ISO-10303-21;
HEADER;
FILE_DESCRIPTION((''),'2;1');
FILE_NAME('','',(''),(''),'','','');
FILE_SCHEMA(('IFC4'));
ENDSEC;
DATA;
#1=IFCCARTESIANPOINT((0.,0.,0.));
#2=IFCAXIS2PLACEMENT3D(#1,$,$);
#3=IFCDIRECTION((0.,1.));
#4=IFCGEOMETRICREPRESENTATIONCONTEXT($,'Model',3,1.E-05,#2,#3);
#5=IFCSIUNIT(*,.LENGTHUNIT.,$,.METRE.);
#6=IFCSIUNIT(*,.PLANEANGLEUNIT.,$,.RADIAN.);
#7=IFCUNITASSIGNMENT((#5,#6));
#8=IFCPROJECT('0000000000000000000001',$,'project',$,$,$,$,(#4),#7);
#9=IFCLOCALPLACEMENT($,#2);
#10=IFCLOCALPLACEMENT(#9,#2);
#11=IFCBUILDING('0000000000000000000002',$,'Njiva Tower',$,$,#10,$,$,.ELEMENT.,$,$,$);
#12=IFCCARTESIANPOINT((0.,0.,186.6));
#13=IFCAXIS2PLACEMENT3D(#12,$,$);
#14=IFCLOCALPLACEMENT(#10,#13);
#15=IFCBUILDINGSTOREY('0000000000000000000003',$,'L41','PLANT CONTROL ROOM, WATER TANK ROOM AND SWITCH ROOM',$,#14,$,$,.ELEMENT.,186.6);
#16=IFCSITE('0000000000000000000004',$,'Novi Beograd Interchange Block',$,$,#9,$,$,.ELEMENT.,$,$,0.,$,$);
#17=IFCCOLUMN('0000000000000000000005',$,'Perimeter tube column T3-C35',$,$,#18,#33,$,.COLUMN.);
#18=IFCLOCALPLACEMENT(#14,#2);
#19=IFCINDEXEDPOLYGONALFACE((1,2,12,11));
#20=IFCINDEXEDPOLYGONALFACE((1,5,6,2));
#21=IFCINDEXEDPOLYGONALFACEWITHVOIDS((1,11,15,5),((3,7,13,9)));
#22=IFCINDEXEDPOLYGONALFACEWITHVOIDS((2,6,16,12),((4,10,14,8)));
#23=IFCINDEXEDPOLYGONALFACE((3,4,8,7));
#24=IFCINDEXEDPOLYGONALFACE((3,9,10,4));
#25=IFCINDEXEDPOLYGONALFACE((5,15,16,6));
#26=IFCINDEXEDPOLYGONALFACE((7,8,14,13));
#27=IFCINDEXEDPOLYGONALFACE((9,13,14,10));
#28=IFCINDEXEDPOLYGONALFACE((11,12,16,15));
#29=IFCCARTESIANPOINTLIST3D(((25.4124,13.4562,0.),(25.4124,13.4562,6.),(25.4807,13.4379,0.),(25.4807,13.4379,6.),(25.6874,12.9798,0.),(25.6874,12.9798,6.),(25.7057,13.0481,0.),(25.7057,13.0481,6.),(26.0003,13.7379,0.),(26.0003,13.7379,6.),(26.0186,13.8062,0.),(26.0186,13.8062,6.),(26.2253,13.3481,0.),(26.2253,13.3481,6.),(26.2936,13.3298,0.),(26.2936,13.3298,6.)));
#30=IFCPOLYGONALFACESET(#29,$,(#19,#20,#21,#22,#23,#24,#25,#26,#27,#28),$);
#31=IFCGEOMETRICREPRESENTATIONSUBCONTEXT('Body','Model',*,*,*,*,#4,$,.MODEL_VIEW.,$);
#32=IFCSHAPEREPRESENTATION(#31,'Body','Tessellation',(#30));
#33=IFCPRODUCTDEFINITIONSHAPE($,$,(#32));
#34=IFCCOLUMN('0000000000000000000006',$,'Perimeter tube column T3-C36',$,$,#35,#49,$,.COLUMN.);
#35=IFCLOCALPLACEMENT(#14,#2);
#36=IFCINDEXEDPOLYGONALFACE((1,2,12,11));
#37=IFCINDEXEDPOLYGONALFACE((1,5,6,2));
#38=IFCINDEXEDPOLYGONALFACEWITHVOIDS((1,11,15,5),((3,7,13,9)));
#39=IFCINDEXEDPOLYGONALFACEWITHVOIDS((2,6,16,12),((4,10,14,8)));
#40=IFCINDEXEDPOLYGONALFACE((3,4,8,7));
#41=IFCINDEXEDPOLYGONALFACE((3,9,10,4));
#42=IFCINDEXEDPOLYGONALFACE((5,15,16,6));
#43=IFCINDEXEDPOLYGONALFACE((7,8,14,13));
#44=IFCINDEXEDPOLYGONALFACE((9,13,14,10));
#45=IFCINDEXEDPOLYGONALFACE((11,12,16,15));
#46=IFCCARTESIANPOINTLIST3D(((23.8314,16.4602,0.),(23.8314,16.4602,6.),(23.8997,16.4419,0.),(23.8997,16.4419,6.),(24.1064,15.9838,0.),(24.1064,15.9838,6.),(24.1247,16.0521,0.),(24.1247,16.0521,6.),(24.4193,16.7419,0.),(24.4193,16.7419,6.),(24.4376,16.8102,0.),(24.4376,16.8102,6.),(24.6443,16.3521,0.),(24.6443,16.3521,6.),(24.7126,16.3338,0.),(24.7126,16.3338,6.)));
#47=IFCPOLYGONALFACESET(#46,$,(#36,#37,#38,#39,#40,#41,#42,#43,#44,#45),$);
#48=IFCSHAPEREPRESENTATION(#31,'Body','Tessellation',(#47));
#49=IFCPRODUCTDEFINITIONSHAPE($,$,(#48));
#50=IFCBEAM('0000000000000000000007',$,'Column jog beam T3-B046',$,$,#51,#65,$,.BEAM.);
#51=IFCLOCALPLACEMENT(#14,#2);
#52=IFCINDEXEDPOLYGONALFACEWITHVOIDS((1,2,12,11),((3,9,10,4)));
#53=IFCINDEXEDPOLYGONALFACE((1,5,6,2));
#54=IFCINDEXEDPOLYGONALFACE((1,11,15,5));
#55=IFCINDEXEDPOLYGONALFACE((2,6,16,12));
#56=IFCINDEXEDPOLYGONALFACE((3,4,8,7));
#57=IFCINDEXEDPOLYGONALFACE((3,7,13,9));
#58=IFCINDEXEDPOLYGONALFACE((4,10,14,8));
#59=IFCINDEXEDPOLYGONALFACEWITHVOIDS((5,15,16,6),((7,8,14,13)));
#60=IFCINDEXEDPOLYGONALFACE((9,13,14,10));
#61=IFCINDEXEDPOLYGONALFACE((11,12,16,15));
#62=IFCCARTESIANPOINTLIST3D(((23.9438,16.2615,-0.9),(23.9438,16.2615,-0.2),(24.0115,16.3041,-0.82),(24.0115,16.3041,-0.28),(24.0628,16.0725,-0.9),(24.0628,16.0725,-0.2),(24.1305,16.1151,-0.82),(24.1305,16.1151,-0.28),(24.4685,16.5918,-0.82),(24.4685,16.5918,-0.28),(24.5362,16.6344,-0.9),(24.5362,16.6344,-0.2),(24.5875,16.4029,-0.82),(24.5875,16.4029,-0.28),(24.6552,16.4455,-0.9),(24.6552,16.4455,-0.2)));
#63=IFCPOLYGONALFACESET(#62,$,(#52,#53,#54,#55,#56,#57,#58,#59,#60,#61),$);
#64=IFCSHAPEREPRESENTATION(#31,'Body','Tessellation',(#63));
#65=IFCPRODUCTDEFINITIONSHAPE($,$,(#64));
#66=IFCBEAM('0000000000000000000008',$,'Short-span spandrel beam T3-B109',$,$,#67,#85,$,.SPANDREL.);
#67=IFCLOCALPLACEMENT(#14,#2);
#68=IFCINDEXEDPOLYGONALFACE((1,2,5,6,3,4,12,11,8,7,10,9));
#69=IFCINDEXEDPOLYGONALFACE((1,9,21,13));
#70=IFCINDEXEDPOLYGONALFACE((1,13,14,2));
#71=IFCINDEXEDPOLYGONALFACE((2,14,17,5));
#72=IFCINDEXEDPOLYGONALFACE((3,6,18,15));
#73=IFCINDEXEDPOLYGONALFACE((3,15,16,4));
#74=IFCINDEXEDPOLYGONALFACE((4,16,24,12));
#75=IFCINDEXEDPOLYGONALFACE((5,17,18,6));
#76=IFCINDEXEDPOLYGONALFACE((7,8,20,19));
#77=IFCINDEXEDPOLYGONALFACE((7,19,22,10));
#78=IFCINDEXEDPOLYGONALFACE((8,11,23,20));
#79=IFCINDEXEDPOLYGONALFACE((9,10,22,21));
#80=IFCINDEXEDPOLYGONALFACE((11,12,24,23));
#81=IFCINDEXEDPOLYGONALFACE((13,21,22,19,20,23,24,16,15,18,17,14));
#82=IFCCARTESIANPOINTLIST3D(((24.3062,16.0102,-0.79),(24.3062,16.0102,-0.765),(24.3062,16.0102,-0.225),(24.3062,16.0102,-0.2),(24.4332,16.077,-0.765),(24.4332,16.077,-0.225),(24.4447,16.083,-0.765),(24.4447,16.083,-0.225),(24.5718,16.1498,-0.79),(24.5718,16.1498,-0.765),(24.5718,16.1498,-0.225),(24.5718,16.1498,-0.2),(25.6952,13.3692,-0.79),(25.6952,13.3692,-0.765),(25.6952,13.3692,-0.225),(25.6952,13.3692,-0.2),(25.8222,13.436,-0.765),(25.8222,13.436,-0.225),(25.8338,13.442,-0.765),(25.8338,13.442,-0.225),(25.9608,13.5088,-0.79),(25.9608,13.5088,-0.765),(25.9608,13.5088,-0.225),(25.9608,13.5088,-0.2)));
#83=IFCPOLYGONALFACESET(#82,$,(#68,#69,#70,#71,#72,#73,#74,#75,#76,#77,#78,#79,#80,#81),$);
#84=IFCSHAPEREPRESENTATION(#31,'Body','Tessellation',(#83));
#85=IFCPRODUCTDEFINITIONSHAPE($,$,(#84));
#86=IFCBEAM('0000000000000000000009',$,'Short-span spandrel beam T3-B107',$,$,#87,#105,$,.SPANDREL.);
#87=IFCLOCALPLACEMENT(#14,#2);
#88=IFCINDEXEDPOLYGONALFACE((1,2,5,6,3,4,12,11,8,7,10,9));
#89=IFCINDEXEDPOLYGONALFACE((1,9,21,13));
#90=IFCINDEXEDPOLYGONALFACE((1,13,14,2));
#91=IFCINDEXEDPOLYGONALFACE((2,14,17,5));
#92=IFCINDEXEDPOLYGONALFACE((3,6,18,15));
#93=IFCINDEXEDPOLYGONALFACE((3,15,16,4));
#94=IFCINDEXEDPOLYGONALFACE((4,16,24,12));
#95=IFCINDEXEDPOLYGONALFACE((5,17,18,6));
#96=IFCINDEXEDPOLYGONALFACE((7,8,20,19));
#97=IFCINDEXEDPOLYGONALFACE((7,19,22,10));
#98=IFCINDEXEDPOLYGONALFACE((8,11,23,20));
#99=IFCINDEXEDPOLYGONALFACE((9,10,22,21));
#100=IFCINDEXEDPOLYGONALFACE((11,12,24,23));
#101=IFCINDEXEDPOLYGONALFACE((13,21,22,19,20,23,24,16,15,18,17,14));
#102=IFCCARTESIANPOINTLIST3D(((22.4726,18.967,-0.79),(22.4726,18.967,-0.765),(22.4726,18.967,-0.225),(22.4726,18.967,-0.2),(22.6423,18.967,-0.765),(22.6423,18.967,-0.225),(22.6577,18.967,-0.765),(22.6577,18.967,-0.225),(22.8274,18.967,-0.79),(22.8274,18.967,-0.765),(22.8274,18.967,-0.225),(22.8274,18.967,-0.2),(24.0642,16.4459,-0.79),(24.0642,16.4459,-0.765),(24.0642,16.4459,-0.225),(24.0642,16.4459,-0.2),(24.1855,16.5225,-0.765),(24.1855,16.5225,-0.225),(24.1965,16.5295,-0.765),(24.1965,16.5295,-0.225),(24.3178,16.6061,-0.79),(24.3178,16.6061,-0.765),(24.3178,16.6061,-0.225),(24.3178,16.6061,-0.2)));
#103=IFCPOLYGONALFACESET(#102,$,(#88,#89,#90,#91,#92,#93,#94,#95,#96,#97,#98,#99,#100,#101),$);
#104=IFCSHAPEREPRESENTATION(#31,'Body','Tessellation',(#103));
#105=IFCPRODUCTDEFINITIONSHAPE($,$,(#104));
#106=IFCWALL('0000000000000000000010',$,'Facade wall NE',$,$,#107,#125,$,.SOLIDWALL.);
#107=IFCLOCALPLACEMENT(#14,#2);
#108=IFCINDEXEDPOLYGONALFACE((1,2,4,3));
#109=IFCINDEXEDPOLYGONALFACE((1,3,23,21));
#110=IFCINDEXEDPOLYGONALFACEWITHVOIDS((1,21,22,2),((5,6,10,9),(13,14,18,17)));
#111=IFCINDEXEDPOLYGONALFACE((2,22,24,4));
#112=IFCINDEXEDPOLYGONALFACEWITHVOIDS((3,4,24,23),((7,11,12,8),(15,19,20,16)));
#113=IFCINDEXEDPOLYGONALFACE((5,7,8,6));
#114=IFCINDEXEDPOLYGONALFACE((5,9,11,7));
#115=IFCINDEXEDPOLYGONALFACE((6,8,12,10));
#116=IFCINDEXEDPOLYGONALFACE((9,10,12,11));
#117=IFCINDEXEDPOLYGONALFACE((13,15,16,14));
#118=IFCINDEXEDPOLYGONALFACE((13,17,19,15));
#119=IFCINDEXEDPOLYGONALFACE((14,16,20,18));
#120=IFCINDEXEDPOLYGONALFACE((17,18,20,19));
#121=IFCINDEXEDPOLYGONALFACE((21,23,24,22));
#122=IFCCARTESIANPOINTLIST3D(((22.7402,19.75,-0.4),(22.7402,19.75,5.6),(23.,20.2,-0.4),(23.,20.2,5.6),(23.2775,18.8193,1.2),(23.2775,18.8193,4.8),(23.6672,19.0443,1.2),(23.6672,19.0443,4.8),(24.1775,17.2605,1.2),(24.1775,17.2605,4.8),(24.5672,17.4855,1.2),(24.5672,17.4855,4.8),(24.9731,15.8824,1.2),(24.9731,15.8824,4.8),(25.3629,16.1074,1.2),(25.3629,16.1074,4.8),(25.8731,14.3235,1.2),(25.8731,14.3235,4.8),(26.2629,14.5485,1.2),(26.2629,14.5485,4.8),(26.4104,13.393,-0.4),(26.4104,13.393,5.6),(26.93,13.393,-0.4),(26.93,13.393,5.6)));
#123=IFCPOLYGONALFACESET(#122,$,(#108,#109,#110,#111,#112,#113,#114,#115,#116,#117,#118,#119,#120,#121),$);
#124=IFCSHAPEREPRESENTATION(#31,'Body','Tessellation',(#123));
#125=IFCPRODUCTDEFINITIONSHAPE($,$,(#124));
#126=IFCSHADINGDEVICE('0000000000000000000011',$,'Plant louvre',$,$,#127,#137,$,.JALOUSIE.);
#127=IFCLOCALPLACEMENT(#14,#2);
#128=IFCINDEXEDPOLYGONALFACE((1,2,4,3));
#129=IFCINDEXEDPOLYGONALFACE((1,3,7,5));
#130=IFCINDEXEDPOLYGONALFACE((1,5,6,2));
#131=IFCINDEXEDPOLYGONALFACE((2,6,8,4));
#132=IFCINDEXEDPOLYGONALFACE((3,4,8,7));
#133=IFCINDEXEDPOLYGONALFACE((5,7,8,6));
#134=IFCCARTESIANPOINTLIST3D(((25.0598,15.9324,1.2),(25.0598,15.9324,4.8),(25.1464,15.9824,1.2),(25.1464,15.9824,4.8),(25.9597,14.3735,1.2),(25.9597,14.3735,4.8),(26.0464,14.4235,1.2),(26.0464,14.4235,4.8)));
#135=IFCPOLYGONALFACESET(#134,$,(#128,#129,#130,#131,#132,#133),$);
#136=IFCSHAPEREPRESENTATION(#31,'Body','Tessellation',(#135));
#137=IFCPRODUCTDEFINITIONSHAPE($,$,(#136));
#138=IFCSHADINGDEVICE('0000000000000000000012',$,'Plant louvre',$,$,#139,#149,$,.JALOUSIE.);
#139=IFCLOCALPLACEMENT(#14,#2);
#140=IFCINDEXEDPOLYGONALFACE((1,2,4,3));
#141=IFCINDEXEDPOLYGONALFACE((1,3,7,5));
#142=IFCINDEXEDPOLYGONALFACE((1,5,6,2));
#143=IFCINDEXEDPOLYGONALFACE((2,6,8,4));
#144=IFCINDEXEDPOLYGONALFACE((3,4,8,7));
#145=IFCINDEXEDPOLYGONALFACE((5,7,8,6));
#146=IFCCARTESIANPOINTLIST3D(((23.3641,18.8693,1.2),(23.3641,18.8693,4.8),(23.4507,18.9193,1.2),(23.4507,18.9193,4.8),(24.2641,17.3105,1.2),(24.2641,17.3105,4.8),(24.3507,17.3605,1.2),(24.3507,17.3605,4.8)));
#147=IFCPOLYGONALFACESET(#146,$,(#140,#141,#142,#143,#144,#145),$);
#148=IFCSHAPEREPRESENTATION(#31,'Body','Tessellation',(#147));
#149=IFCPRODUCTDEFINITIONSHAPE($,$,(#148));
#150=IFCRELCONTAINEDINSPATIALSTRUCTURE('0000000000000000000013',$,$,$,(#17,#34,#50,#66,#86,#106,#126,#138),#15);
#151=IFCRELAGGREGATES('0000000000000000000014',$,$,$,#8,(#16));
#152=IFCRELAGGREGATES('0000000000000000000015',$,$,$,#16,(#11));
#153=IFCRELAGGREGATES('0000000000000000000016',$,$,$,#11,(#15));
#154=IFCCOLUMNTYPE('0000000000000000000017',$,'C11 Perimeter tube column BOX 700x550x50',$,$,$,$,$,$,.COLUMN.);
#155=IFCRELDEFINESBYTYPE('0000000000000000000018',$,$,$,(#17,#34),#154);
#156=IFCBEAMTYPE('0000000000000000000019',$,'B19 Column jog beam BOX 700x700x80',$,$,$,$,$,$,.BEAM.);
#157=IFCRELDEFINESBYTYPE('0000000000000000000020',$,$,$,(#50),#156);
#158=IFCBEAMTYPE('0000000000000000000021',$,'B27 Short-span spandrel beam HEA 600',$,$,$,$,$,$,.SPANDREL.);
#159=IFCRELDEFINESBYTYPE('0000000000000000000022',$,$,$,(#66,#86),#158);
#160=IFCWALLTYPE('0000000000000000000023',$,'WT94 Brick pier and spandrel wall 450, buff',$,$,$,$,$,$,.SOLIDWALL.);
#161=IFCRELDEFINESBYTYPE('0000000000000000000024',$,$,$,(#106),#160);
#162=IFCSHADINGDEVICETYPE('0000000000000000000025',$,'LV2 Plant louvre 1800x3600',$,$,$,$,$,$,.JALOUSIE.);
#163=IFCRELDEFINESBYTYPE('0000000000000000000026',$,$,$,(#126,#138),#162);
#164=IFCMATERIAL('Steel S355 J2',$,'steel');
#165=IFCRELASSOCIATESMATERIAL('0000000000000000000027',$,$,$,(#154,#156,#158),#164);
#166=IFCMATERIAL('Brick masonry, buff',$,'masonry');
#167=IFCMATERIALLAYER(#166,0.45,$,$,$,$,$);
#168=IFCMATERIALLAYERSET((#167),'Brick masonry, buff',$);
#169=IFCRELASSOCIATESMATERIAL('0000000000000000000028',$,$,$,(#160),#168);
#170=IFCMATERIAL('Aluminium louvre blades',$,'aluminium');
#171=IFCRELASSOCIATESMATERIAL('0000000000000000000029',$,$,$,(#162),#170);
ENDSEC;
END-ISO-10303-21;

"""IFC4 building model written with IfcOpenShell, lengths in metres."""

from ifc_helpers import new_model, si_unit, direction, frame, frame_2d, origin, origin_2d, place, context, subcontext, project, spatial, polyline, rectangle, hollow_rectangle, i_section, outline, extrude, clip, halfspace, material, layer, layer_set, material_profile, profile_set, type_object, element, fill, save


model = new_model("IFC4")

# Units and contexts
model_context = context("Model", 3, precision=1e-05, world=origin(), true_north=direction((0.0, 1.0)))
body_context = subcontext(model_context, "Body", "Model", "MODEL_VIEW")
ifc_project = project(units=[si_unit("LENGTHUNIT", "METRE"), si_unit("PLANEANGLEUNIT", "RADIAN")], contexts=[model_context])

# Site, building, storey
site_placement = place(None, origin())
site = spatial("IfcSite", under=ifc_project, at=site_placement, Name="Novi Beograd Interchange Block", CompositionType="ELEMENT", RefElevation=0.0)
building_placement = place(site_placement, origin())
building = spatial("IfcBuilding", under=site, at=building_placement, Name="Njiva Tower", CompositionType="ELEMENT")
storey_placement = place(building_placement, frame((0.0, 0.0, 186.6)))
storey = spatial("IfcBuildingStorey", under=building, at=storey_placement, Name="L41", Description="PLANT CONTROL ROOM, WATER TANK ROOM AND SWITCH ROOM", CompositionType="ELEMENT", Elevation=186.6)

# Columns
ifc_material_1 = material(Name="Steel S355 J2", Category="steel")
ifc_material_profile_1 = material_profile(ifc_material_1, hollow_rectangle(XDim=0.55, YDim=0.7, WallThickness=0.05, at=origin_2d()), Name="BOX 700x550x50")
ifc_profile_set_1 = profile_set([ifc_material_profile_1], Name="Steel S355 J2")
column_type = type_object("IfcColumnType", Name="C11 Perimeter tube column BOX 700x550x50", PredefinedType="COLUMN", material=ifc_profile_set_1)
for number, where, z_axis, x_axis, name in (
    (1, (25.853, 13.393, 0.0), (0.0, 0.0, 1.0), (-0.5, 0.866025, 0.0), "Perimeter tube column T3-C35"),
    (2, (24.272, 16.397, 0.0), (0.0, 0.0, 1.0), (-0.5, 0.866025, 0.0), "Perimeter tube column T3-C36"),
):
    element("IfcColumn", number, at=place(storey_placement, frame(where, z_axis=z_axis, x_axis=x_axis)), inside=storey, type_object=column_type, Name=name, PredefinedType="COLUMN", context=body_context, shape_type="SweptSolid", body=[
        extrude(hollow_rectangle(XDim=0.55, YDim=0.7, WallThickness=0.05, at=origin_2d()), origin(), (0.0, 0.0, 1.0), 6.0),
    ])

# Beams
ifc_material_profile_2 = material_profile(ifc_material_1, hollow_rectangle(XDim=0.7, YDim=0.7, WallThickness=0.08, at=origin_2d()), Name="BOX 700x700x80")
ifc_profile_set_2 = profile_set([ifc_material_profile_2], Name="Steel S355 J2")
beam_type_1 = type_object("IfcBeamType", Name="B19 Column jog beam BOX 700x700x80", PredefinedType="BEAM", material=ifc_profile_set_2)
beam_1_placement = place(storey_placement, frame((24.359, 16.259, -0.55), z_axis=(-0.532813, 0.846233, 0.0), x_axis=(-0.846233, -0.532813, 0.0)))
element("IfcBeam", 3, at=beam_1_placement, inside=storey, type_object=beam_type_1, Name="Column jog beam T3-B046", PredefinedType="BEAM", context=body_context, shape_type="SweptSolid", body=[
    extrude(hollow_rectangle(XDim=0.7, YDim=0.7, WallThickness=0.08, at=origin_2d()), origin(), (0.0, 0.0, 1.0), 0.2233),
])
ifc_material_profile_3 = material_profile(ifc_material_1, i_section(OverallWidth=0.3, OverallDepth=0.59, WebThickness=0.013, FlangeThickness=0.025, at=origin_2d()), Name="HEA 600")
ifc_profile_set_3 = profile_set([ifc_material_profile_3], Name="Steel S355 J2")
beam_type_2 = type_object("IfcBeamType", Name="B27 Short-span spandrel beam HEA 600", PredefinedType="SPANDREL", material=ifc_profile_set_3)
beam_2_placement = place(storey_placement, frame((25.828, 13.439, -0.495), z_axis=(-0.465484, 0.885056, 0.0), x_axis=(-0.885056, -0.465484, 0.0)))
element("IfcBeam", 4, at=beam_2_placement, inside=storey, type_object=beam_type_2, Name="Short-span spandrel beam T3-B109", PredefinedType="SPANDREL", context=body_context, shape_type="SweptSolid", body=[
    extrude(i_section(OverallWidth=0.3, OverallDepth=0.59, WebThickness=0.013, FlangeThickness=0.025, at=origin_2d()), origin(), (0.0, 0.0, 1.0), 2.984),
])
beam_3_placement = place(storey_placement, frame((24.191, 16.526, -0.495), z_axis=(-0.533824, 0.845596, 0.0), x_axis=(-0.845596, -0.533824, 0.0)))
element("IfcBeam", 5, at=beam_3_placement, inside=storey, type_object=beam_type_2, Name="Short-span spandrel beam T3-B107", PredefinedType="SPANDREL", context=body_context, shape_type="Clipping", body=[
    clip(extrude(i_section(OverallWidth=0.3, OverallDepth=0.59, WebThickness=0.013, FlangeThickness=0.025, at=origin_2d()), origin(), (0.0, 0.0, 1.0), 3.0017), halfspace(frame((-0.0271, 0.0, 2.8696), z_axis=(-0.533824, 0.0, 0.845596), x_axis=(0.0, 1.0, 0.0)), False)),
])

# Wall, openings, shading devices
ifc_material_2 = material(Name="Brick masonry, buff", Category="masonry")
ifc_layer = layer(ifc_material_2, 0.45)
ifc_layer_set = layer_set([ifc_layer], Name="Brick masonry, buff")
wall_type = type_object("IfcWallType", Name="WT94 Brick pier and spandrel wall 450, buff", PredefinedType="SOLIDWALL", material=ifc_layer_set)
ifc_material_3 = material(Name="Aluminium louvre blades", Category="aluminium")
wall_1_placement = place(storey_placement, frame((26.6702, 13.393, -0.4), z_axis=(0.0, 0.0, 1.0), x_axis=(-0.499998, 0.866027, 0.0)))
wall_1 = element("IfcWall", 6, at=wall_1_placement, inside=storey, type_object=wall_type, Name="Facade wall NE", PredefinedType="SOLIDWALL", context=body_context, shape_type="SweptSolid", body=[
    extrude(outline(polyline([(-0.1299, -0.225), (7.7301, -0.225), (7.4703, 0.225), (0.1299, 0.225), (-0.1299, -0.225)])), origin(), (0.0, 0.0, 1.0), 6.0),
])
opening_1_placement = place(wall_1_placement, frame((1.2044, 0.0, 1.6)))
opening_1 = element("IfcOpeningElement", 7, at=opening_1_placement, cuts=wall_1, PredefinedType="OPENING", context=body_context, shape_type="SweptSolid", body=[
    extrude(rectangle(XDim=1.8, YDim=3.6, at=frame_2d((0.9, 1.8))), frame((0.0, 0.235, 0.0), z_axis=(0.0, -1.0, 0.0), x_axis=(1.0, 0.0, 0.0)), (0.0, 0.0, 1.0), 0.47),
])
opening_2_placement = place(wall_1_placement, frame((4.5957, 0.0, 1.6)))
opening_2 = element("IfcOpeningElement", 8, at=opening_2_placement, cuts=wall_1, PredefinedType="OPENING", context=body_context, shape_type="SweptSolid", body=[
    extrude(rectangle(XDim=1.8, YDim=3.6, at=frame_2d((0.9, 1.8))), frame((0.0, 0.235, 0.0), z_axis=(0.0, -1.0, 0.0), x_axis=(1.0, 0.0, 0.0)), (0.0, 0.0, 1.0), 0.47),
])
shading_device_type_1 = type_object("IfcShadingDeviceType", Name="LV2 Plant louvre 1800x3600", PredefinedType="JALOUSIE", material=ifc_material_3)
shading_device_1_placement = place(opening_1_placement, origin())
shading_device_1 = element("IfcShadingDevice", 9, at=shading_device_1_placement, inside=storey, type_object=shading_device_type_1, Name="Plant louvre", PredefinedType="JALOUSIE", context=body_context, shape_type="SweptSolid", body=[
    extrude(rectangle(XDim=1.8, YDim=3.6, at=frame_2d((0.9, 1.8))), frame((0.0, 0.125, 0.0), z_axis=(0.0, -1.0, 0.0), x_axis=(1.0, 0.0, 0.0)), (0.0, 0.0, 1.0), 0.1),
])
fill(opening_1, shading_device_1)
shading_device_2_placement = place(opening_2_placement, origin())
shading_device_2 = element("IfcShadingDevice", 10, at=shading_device_2_placement, inside=storey, type_object=shading_device_type_1, Name="Plant louvre", PredefinedType="JALOUSIE", context=body_context, shape_type="SweptSolid", body=[
    extrude(rectangle(XDim=1.8, YDim=3.6, at=frame_2d((0.9, 1.8))), frame((0.0, 0.125, 0.0), z_axis=(0.0, -1.0, 0.0), x_axis=(1.0, 0.0, 0.0)), (0.0, 0.0, 1.0), 0.1),
])
fill(opening_2, shading_device_2)

save(model, "model.ifc")
